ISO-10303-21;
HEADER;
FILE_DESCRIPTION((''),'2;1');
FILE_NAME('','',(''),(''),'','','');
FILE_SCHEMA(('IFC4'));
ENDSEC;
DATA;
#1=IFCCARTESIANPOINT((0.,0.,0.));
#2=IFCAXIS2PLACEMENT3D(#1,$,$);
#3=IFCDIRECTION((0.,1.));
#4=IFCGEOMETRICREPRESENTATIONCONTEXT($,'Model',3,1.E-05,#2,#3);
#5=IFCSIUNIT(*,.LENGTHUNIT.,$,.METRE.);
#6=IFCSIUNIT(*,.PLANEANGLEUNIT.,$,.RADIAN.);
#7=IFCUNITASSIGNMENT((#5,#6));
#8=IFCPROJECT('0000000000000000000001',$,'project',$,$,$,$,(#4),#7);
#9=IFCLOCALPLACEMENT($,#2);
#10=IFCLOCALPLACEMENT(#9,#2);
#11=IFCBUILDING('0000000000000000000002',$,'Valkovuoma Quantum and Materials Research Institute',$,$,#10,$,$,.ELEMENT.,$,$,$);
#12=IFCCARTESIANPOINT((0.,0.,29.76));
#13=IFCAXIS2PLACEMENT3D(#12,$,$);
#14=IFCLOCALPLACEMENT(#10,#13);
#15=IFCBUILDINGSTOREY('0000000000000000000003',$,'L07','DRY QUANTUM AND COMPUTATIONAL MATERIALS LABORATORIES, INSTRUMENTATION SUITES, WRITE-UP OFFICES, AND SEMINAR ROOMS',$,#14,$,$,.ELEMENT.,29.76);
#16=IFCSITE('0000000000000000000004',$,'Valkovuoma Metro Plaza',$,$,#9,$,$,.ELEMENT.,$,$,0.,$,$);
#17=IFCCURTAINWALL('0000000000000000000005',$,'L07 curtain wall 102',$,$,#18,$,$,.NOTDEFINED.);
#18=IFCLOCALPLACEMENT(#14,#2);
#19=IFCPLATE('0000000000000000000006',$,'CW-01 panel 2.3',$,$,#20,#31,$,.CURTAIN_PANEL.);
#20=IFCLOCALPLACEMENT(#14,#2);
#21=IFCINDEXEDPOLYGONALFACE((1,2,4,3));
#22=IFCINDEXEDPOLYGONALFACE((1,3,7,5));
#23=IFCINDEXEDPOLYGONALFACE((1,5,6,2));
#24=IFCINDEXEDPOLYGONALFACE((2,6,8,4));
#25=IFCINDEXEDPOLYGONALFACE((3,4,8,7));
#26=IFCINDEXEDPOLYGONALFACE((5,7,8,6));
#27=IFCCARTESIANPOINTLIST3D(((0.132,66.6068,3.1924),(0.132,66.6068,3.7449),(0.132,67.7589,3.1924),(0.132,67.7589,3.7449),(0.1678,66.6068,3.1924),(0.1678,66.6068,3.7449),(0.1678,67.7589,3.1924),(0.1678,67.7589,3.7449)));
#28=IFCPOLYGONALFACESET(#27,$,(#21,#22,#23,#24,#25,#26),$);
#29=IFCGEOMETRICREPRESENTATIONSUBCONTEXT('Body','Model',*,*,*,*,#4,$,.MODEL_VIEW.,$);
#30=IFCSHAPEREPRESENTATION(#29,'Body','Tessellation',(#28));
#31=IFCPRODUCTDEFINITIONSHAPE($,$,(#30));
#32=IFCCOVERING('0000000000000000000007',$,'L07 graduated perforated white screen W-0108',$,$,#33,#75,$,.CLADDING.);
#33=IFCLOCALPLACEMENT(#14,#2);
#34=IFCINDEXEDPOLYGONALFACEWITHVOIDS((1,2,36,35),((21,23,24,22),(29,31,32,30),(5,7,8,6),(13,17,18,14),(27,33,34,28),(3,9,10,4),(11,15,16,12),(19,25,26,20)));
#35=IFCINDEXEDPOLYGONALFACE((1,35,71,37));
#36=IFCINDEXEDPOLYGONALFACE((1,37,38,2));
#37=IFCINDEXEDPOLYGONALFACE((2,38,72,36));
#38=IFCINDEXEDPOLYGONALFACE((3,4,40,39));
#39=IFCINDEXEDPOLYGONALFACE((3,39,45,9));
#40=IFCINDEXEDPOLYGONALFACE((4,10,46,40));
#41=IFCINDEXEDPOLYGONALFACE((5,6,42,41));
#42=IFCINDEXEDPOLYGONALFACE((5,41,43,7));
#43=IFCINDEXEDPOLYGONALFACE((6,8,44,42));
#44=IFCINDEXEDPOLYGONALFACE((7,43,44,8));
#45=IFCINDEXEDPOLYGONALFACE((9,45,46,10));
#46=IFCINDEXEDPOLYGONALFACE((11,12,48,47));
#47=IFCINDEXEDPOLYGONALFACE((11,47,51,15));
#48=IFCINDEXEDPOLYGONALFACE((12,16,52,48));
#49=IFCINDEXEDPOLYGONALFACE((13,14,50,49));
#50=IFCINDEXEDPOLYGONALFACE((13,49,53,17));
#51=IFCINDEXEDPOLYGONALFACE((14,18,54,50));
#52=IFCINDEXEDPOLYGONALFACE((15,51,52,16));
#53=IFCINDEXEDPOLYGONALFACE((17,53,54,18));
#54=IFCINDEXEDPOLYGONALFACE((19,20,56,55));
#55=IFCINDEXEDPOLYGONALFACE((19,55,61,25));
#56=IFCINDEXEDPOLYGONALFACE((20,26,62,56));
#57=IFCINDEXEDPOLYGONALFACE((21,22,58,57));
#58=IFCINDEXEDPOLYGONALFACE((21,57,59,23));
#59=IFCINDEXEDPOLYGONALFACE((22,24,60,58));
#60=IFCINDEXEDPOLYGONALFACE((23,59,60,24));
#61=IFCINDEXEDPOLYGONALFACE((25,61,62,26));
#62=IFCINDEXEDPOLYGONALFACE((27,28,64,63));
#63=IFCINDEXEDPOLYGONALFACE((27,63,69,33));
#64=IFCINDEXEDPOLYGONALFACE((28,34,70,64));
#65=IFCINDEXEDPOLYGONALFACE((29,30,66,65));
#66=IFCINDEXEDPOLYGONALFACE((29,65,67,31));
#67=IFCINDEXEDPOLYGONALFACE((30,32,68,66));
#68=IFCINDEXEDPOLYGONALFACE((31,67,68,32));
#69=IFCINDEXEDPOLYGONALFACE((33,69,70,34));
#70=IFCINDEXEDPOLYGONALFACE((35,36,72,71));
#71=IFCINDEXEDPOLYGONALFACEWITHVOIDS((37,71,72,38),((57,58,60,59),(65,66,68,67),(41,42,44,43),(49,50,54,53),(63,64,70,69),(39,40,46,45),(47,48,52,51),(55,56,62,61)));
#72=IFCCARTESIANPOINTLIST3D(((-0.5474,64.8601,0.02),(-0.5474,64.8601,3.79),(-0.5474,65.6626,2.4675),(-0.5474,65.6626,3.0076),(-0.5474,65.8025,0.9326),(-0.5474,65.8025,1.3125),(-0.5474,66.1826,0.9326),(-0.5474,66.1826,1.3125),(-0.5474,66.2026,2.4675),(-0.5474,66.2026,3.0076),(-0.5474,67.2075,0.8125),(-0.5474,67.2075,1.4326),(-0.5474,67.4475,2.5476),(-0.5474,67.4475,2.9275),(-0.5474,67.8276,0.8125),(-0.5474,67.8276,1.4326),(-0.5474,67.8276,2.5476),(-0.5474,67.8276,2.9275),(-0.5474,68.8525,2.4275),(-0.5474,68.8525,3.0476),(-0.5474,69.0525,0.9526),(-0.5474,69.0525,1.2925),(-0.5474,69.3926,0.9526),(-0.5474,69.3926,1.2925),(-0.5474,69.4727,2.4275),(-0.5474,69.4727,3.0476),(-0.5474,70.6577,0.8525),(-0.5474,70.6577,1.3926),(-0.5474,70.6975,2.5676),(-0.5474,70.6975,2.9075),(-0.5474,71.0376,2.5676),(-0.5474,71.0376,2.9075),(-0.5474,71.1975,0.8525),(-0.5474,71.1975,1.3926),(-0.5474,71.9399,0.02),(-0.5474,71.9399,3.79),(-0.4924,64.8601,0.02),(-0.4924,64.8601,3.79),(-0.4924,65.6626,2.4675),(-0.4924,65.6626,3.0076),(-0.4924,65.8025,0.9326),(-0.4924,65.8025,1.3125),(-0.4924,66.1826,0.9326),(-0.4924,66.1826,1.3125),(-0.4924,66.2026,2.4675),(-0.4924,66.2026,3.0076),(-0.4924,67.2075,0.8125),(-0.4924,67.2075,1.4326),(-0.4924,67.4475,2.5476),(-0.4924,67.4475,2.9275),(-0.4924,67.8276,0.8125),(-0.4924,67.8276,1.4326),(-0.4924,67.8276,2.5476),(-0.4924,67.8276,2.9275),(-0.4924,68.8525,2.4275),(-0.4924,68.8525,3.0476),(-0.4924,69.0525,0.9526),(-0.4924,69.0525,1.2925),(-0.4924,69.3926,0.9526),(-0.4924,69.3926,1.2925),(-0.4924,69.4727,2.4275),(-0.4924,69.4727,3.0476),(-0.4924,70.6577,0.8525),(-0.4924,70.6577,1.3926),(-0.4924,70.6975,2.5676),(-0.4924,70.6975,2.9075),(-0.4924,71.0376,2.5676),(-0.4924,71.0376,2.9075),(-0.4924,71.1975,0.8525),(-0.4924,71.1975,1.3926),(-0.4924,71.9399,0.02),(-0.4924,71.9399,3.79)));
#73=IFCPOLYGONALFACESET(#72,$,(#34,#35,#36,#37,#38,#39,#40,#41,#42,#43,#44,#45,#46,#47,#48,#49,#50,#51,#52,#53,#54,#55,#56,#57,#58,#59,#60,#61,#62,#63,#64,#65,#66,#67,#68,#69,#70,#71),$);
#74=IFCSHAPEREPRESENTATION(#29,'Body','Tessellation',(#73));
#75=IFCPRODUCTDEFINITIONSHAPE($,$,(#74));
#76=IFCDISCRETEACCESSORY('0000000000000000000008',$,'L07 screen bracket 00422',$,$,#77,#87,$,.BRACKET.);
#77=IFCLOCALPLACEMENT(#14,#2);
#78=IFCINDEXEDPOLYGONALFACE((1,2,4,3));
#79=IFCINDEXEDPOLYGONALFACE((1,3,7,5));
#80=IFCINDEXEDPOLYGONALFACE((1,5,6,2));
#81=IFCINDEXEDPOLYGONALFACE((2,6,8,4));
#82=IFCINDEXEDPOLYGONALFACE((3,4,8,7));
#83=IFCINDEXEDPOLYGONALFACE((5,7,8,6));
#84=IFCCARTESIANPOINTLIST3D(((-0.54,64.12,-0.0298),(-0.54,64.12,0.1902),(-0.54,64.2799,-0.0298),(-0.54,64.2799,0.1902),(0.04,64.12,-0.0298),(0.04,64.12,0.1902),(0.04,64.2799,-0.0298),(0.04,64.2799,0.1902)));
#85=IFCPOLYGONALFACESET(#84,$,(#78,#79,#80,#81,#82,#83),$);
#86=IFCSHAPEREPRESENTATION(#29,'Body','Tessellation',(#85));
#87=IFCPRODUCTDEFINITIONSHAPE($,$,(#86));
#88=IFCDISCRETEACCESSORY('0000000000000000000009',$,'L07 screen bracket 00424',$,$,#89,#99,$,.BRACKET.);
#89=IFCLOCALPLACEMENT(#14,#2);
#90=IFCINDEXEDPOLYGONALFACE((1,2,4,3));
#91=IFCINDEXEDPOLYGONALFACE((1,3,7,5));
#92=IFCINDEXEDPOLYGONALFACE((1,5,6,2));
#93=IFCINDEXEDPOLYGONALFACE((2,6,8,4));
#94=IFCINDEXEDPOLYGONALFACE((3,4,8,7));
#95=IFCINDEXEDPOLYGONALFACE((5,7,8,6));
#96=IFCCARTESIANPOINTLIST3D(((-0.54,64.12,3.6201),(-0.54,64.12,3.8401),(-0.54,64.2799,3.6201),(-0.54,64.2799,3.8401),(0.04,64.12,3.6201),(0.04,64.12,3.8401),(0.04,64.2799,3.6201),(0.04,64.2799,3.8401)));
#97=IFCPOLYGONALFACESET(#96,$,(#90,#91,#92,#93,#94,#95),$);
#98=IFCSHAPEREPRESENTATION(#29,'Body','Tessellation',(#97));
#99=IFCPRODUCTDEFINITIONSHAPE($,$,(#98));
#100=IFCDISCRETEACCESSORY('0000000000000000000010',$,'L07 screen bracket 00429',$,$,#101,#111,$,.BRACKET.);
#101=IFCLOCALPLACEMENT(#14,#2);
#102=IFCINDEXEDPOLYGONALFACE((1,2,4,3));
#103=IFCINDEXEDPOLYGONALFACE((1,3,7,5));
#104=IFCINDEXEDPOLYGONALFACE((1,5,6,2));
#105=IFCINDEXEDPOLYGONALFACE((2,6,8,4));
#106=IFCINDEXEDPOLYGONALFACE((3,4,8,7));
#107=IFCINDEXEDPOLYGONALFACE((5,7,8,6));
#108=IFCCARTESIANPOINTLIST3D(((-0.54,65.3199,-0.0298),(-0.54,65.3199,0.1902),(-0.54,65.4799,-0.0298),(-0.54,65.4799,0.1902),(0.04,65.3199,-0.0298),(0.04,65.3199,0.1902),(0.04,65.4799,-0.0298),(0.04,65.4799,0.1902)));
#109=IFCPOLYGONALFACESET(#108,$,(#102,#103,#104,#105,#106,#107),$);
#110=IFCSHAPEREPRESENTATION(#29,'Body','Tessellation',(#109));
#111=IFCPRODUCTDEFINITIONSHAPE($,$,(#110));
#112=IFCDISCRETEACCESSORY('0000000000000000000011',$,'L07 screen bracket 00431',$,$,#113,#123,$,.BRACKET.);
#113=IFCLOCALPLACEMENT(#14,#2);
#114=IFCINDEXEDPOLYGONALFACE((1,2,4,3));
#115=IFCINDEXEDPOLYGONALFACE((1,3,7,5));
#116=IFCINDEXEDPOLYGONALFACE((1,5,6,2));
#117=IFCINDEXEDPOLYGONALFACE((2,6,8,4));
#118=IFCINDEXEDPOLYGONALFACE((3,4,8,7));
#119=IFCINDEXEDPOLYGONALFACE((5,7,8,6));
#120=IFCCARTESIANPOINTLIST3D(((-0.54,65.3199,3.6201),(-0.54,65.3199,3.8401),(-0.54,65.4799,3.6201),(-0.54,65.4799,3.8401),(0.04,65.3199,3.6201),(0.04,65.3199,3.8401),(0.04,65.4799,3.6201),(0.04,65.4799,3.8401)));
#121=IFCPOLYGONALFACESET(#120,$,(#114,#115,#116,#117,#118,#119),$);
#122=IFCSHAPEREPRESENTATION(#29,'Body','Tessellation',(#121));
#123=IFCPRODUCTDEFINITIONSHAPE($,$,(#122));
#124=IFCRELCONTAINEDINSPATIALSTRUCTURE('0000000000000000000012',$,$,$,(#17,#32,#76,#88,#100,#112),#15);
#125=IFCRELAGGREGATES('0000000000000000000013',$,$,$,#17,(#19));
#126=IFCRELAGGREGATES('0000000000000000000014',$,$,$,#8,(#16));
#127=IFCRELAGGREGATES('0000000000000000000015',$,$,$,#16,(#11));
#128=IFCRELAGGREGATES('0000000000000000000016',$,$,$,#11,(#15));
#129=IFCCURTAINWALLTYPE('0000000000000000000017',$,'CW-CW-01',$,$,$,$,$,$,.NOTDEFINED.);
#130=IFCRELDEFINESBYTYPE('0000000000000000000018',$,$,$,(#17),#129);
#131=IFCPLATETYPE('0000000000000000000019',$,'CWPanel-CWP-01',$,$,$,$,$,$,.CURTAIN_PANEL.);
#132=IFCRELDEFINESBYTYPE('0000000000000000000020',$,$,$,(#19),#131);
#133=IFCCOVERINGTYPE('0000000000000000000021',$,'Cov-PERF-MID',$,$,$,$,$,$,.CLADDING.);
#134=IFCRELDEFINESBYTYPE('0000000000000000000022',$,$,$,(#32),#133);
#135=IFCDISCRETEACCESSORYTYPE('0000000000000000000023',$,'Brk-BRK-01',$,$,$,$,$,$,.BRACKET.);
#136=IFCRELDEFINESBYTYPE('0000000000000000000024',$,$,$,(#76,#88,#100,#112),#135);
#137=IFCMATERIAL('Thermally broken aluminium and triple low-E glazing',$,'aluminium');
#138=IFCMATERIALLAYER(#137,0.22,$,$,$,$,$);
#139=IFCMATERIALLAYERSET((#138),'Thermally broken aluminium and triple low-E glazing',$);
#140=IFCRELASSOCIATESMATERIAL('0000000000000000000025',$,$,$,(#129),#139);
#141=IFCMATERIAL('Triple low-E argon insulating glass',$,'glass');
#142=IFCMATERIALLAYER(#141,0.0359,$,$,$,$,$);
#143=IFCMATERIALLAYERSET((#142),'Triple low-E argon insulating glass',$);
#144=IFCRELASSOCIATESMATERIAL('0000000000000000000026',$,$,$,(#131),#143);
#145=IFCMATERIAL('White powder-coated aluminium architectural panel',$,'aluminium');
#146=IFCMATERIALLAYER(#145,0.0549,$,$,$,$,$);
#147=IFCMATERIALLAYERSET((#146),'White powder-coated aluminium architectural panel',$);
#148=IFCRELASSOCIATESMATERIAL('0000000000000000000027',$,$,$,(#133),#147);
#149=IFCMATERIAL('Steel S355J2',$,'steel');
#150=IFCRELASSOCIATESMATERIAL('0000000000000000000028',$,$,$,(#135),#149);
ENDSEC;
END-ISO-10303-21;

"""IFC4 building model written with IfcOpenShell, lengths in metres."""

from ifc_helpers import new_model, si_unit, direction, frame, origin, origin_2d, place, context, subcontext, project, spatial, polyline, rectangle, outline, extrude, material, layer, layer_set, type_object, element, aggregate, save


model = new_model("IFC4")

# Units and contexts
model_context = context("Model", 3, precision=1e-05, world=origin(), true_north=direction((0.0, 1.0)))
body_context = subcontext(model_context, "Body", "Model", "MODEL_VIEW")
ifc_project = project(units=[si_unit("LENGTHUNIT", "METRE"), si_unit("PLANEANGLEUNIT", "RADIAN")], contexts=[model_context])

# Site, building, storey
site_placement = place(None, origin())
site = spatial("IfcSite", under=ifc_project, at=site_placement, Name="Valkovuoma Metro Plaza", CompositionType="ELEMENT", RefElevation=0.0)
building_placement = place(site_placement, origin())
building = spatial("IfcBuilding", under=site, at=building_placement, Name="Valkovuoma Quantum and Materials Research Institute", CompositionType="ELEMENT")
storey_placement = place(building_placement, frame((0.0, 0.0, 29.76)))
storey = spatial("IfcBuildingStorey", under=building, at=storey_placement, Name="L07", Description="DRY QUANTUM AND COMPUTATIONAL MATERIALS LABORATORIES, INSTRUMENTATION SUITES, WRITE-UP OFFICES, AND SEMINAR ROOMS", CompositionType="ELEMENT", Elevation=29.76)

# Shared definitions
ifc_material_1 = material(Name="Thermally broken aluminium and triple low-E glazing", Category="aluminium")
ifc_layer_1 = layer(ifc_material_1, 0.22)
ifc_layer_set_1 = layer_set([ifc_layer_1], Name="Thermally broken aluminium and triple low-E glazing")
curtain_wall_type = type_object("IfcCurtainWallType", Name="CW-CW-01", PredefinedType="NOTDEFINED", material=ifc_layer_set_1)

# Curtain wall
curtain_wall_1_placement = place(storey_placement, origin())
curtain_wall_1 = element("IfcCurtainWall", 1, at=curtain_wall_1_placement, inside=storey, type_object=curtain_wall_type, Name="L07 curtain wall 102", PredefinedType="NOTDEFINED")

# Plate
ifc_material_2 = material(Name="Triple low-E argon insulating glass", Category="glass")
ifc_layer_2 = layer(ifc_material_2, 0.0359)
ifc_layer_set_2 = layer_set([ifc_layer_2], Name="Triple low-E argon insulating glass")
plate_type = type_object("IfcPlateType", Name="CWPanel-CWP-01", PredefinedType="CURTAIN_PANEL", material=ifc_layer_set_2)
plate_1_placement = place(storey_placement, frame((0.1499, 67.1829, 3.1924), z_axis=(0.0, 0.0, 1.0), x_axis=(0.0, 1.0, 0.0)))
plate_1 = element("IfcPlate", 2, at=plate_1_placement, type_object=plate_type, Name="CW-01 panel 2.3", PredefinedType="CURTAIN_PANEL", context=body_context, shape_type="SweptSolid", body=[
    extrude(rectangle(XDim=1.1521, YDim=0.0359, at=origin_2d()), origin(), (0.0, 0.0, 1.0), 0.5525),
])
aggregate(curtain_wall_1, [plate_1])

# Covering
ifc_material_3 = material(Name="White powder-coated aluminium architectural panel", Category="aluminium")
ifc_layer_3 = layer(ifc_material_3, 0.0549)
ifc_layer_set_3 = layer_set([ifc_layer_3], Name="White powder-coated aluminium architectural panel")
covering_type = type_object("IfcCoveringType", Name="Cov-PERF-MID", PredefinedType="CLADDING", material=ifc_layer_set_3)
covering_placement = place(storey_placement, frame((-0.52, 64.8601, 0.02), z_axis=(0.0, 0.0, 1.0), x_axis=(0.0, 1.0, 0.0)))
element("IfcCovering", 3, at=covering_placement, inside=storey, type_object=covering_type, Name="L07 graduated perforated white screen W-0108", PredefinedType="CLADDING", context=body_context, shape_type="SweptSolid", body=[
    extrude(outline(polyline([(0.0, 0.0), (7.0798, 0.0), (7.0798, 3.77), (0.0, 3.77), (0.0, 0.0)]), holes=[polyline([(0.9424, 0.9126), (0.9424, 1.2925), (1.3225, 1.2925), (1.3225, 0.9126), (0.9424, 0.9126)]), polyline([(0.8025, 2.4475), (0.8025, 2.9875), (1.3425, 2.9875), (1.3425, 2.4475), (0.8025, 2.4475)]), polyline([(2.3474, 0.7925), (2.3474, 1.4126), (2.9675, 1.4126), (2.9675, 0.7925), (2.3474, 0.7925)]), polyline([(2.5874, 2.5276), (2.5874, 2.9075), (2.9675, 2.9075), (2.9675, 2.5276), (2.5874, 2.5276)]), polyline([(4.1924, 0.9326), (4.1924, 1.2725), (4.5325, 1.2725), (4.5325, 0.9326), (4.1924, 0.9326)]), polyline([(3.9924, 2.4075), (3.9924, 3.0276), (4.6125, 3.0276), (4.6125, 2.4075), (3.9924, 2.4075)]), polyline([(5.7976, 0.8325), (5.7976, 1.3726), (6.3374, 1.3726), (6.3374, 0.8325), (5.7976, 0.8325)]), polyline([(5.8374, 2.5476), (5.8374, 2.8875), (6.1775, 2.8875), (6.1775, 2.5476), (5.8374, 2.5476)])]), frame((0.0, 0.0273, 0.0), z_axis=(0.0, -1.0, 0.0), x_axis=(1.0, 0.0, 0.0)), (0.0, 0.0, 1.0), 0.0549),
])

# Discrete accessories
ifc_material_4 = material(Name="Steel S355J2", Category="steel")
discrete_accessory_type = type_object("IfcDiscreteAccessoryType", Name="Brk-BRK-01", PredefinedType="BRACKET", material=ifc_material_4)
for number, where, z_axis, x_axis, name in (
    (4, (-0.25, 64.2, -0.0298), (0.0, 0.0, 1.0), (1.0, 0.0, 0.0), "L07 screen bracket 00422"),
    (5, (-0.25, 64.2, 3.6201), (0.0, 0.0, 1.0), (1.0, 0.0, 0.0), "L07 screen bracket 00424"),
    (6, (-0.25, 65.3999, -0.0298), (0.0, 0.0, 1.0), (1.0, 0.0, 0.0), "L07 screen bracket 00429"),
    (7, (-0.25, 65.3999, 3.6201), (0.0, 0.0, 1.0), (1.0, 0.0, 0.0), "L07 screen bracket 00431"),
):
    element("IfcDiscreteAccessory", number, at=place(storey_placement, frame(where, z_axis=z_axis, x_axis=x_axis)), inside=storey, type_object=discrete_accessory_type, Name=name, PredefinedType="BRACKET", context=body_context, shape_type="SweptSolid", body=[
        extrude(rectangle(XDim=0.5801, YDim=0.1599, at=origin_2d()), origin(), (0.0, 0.0, 1.0), 0.22),
    ])

save(model, "model.ifc")
